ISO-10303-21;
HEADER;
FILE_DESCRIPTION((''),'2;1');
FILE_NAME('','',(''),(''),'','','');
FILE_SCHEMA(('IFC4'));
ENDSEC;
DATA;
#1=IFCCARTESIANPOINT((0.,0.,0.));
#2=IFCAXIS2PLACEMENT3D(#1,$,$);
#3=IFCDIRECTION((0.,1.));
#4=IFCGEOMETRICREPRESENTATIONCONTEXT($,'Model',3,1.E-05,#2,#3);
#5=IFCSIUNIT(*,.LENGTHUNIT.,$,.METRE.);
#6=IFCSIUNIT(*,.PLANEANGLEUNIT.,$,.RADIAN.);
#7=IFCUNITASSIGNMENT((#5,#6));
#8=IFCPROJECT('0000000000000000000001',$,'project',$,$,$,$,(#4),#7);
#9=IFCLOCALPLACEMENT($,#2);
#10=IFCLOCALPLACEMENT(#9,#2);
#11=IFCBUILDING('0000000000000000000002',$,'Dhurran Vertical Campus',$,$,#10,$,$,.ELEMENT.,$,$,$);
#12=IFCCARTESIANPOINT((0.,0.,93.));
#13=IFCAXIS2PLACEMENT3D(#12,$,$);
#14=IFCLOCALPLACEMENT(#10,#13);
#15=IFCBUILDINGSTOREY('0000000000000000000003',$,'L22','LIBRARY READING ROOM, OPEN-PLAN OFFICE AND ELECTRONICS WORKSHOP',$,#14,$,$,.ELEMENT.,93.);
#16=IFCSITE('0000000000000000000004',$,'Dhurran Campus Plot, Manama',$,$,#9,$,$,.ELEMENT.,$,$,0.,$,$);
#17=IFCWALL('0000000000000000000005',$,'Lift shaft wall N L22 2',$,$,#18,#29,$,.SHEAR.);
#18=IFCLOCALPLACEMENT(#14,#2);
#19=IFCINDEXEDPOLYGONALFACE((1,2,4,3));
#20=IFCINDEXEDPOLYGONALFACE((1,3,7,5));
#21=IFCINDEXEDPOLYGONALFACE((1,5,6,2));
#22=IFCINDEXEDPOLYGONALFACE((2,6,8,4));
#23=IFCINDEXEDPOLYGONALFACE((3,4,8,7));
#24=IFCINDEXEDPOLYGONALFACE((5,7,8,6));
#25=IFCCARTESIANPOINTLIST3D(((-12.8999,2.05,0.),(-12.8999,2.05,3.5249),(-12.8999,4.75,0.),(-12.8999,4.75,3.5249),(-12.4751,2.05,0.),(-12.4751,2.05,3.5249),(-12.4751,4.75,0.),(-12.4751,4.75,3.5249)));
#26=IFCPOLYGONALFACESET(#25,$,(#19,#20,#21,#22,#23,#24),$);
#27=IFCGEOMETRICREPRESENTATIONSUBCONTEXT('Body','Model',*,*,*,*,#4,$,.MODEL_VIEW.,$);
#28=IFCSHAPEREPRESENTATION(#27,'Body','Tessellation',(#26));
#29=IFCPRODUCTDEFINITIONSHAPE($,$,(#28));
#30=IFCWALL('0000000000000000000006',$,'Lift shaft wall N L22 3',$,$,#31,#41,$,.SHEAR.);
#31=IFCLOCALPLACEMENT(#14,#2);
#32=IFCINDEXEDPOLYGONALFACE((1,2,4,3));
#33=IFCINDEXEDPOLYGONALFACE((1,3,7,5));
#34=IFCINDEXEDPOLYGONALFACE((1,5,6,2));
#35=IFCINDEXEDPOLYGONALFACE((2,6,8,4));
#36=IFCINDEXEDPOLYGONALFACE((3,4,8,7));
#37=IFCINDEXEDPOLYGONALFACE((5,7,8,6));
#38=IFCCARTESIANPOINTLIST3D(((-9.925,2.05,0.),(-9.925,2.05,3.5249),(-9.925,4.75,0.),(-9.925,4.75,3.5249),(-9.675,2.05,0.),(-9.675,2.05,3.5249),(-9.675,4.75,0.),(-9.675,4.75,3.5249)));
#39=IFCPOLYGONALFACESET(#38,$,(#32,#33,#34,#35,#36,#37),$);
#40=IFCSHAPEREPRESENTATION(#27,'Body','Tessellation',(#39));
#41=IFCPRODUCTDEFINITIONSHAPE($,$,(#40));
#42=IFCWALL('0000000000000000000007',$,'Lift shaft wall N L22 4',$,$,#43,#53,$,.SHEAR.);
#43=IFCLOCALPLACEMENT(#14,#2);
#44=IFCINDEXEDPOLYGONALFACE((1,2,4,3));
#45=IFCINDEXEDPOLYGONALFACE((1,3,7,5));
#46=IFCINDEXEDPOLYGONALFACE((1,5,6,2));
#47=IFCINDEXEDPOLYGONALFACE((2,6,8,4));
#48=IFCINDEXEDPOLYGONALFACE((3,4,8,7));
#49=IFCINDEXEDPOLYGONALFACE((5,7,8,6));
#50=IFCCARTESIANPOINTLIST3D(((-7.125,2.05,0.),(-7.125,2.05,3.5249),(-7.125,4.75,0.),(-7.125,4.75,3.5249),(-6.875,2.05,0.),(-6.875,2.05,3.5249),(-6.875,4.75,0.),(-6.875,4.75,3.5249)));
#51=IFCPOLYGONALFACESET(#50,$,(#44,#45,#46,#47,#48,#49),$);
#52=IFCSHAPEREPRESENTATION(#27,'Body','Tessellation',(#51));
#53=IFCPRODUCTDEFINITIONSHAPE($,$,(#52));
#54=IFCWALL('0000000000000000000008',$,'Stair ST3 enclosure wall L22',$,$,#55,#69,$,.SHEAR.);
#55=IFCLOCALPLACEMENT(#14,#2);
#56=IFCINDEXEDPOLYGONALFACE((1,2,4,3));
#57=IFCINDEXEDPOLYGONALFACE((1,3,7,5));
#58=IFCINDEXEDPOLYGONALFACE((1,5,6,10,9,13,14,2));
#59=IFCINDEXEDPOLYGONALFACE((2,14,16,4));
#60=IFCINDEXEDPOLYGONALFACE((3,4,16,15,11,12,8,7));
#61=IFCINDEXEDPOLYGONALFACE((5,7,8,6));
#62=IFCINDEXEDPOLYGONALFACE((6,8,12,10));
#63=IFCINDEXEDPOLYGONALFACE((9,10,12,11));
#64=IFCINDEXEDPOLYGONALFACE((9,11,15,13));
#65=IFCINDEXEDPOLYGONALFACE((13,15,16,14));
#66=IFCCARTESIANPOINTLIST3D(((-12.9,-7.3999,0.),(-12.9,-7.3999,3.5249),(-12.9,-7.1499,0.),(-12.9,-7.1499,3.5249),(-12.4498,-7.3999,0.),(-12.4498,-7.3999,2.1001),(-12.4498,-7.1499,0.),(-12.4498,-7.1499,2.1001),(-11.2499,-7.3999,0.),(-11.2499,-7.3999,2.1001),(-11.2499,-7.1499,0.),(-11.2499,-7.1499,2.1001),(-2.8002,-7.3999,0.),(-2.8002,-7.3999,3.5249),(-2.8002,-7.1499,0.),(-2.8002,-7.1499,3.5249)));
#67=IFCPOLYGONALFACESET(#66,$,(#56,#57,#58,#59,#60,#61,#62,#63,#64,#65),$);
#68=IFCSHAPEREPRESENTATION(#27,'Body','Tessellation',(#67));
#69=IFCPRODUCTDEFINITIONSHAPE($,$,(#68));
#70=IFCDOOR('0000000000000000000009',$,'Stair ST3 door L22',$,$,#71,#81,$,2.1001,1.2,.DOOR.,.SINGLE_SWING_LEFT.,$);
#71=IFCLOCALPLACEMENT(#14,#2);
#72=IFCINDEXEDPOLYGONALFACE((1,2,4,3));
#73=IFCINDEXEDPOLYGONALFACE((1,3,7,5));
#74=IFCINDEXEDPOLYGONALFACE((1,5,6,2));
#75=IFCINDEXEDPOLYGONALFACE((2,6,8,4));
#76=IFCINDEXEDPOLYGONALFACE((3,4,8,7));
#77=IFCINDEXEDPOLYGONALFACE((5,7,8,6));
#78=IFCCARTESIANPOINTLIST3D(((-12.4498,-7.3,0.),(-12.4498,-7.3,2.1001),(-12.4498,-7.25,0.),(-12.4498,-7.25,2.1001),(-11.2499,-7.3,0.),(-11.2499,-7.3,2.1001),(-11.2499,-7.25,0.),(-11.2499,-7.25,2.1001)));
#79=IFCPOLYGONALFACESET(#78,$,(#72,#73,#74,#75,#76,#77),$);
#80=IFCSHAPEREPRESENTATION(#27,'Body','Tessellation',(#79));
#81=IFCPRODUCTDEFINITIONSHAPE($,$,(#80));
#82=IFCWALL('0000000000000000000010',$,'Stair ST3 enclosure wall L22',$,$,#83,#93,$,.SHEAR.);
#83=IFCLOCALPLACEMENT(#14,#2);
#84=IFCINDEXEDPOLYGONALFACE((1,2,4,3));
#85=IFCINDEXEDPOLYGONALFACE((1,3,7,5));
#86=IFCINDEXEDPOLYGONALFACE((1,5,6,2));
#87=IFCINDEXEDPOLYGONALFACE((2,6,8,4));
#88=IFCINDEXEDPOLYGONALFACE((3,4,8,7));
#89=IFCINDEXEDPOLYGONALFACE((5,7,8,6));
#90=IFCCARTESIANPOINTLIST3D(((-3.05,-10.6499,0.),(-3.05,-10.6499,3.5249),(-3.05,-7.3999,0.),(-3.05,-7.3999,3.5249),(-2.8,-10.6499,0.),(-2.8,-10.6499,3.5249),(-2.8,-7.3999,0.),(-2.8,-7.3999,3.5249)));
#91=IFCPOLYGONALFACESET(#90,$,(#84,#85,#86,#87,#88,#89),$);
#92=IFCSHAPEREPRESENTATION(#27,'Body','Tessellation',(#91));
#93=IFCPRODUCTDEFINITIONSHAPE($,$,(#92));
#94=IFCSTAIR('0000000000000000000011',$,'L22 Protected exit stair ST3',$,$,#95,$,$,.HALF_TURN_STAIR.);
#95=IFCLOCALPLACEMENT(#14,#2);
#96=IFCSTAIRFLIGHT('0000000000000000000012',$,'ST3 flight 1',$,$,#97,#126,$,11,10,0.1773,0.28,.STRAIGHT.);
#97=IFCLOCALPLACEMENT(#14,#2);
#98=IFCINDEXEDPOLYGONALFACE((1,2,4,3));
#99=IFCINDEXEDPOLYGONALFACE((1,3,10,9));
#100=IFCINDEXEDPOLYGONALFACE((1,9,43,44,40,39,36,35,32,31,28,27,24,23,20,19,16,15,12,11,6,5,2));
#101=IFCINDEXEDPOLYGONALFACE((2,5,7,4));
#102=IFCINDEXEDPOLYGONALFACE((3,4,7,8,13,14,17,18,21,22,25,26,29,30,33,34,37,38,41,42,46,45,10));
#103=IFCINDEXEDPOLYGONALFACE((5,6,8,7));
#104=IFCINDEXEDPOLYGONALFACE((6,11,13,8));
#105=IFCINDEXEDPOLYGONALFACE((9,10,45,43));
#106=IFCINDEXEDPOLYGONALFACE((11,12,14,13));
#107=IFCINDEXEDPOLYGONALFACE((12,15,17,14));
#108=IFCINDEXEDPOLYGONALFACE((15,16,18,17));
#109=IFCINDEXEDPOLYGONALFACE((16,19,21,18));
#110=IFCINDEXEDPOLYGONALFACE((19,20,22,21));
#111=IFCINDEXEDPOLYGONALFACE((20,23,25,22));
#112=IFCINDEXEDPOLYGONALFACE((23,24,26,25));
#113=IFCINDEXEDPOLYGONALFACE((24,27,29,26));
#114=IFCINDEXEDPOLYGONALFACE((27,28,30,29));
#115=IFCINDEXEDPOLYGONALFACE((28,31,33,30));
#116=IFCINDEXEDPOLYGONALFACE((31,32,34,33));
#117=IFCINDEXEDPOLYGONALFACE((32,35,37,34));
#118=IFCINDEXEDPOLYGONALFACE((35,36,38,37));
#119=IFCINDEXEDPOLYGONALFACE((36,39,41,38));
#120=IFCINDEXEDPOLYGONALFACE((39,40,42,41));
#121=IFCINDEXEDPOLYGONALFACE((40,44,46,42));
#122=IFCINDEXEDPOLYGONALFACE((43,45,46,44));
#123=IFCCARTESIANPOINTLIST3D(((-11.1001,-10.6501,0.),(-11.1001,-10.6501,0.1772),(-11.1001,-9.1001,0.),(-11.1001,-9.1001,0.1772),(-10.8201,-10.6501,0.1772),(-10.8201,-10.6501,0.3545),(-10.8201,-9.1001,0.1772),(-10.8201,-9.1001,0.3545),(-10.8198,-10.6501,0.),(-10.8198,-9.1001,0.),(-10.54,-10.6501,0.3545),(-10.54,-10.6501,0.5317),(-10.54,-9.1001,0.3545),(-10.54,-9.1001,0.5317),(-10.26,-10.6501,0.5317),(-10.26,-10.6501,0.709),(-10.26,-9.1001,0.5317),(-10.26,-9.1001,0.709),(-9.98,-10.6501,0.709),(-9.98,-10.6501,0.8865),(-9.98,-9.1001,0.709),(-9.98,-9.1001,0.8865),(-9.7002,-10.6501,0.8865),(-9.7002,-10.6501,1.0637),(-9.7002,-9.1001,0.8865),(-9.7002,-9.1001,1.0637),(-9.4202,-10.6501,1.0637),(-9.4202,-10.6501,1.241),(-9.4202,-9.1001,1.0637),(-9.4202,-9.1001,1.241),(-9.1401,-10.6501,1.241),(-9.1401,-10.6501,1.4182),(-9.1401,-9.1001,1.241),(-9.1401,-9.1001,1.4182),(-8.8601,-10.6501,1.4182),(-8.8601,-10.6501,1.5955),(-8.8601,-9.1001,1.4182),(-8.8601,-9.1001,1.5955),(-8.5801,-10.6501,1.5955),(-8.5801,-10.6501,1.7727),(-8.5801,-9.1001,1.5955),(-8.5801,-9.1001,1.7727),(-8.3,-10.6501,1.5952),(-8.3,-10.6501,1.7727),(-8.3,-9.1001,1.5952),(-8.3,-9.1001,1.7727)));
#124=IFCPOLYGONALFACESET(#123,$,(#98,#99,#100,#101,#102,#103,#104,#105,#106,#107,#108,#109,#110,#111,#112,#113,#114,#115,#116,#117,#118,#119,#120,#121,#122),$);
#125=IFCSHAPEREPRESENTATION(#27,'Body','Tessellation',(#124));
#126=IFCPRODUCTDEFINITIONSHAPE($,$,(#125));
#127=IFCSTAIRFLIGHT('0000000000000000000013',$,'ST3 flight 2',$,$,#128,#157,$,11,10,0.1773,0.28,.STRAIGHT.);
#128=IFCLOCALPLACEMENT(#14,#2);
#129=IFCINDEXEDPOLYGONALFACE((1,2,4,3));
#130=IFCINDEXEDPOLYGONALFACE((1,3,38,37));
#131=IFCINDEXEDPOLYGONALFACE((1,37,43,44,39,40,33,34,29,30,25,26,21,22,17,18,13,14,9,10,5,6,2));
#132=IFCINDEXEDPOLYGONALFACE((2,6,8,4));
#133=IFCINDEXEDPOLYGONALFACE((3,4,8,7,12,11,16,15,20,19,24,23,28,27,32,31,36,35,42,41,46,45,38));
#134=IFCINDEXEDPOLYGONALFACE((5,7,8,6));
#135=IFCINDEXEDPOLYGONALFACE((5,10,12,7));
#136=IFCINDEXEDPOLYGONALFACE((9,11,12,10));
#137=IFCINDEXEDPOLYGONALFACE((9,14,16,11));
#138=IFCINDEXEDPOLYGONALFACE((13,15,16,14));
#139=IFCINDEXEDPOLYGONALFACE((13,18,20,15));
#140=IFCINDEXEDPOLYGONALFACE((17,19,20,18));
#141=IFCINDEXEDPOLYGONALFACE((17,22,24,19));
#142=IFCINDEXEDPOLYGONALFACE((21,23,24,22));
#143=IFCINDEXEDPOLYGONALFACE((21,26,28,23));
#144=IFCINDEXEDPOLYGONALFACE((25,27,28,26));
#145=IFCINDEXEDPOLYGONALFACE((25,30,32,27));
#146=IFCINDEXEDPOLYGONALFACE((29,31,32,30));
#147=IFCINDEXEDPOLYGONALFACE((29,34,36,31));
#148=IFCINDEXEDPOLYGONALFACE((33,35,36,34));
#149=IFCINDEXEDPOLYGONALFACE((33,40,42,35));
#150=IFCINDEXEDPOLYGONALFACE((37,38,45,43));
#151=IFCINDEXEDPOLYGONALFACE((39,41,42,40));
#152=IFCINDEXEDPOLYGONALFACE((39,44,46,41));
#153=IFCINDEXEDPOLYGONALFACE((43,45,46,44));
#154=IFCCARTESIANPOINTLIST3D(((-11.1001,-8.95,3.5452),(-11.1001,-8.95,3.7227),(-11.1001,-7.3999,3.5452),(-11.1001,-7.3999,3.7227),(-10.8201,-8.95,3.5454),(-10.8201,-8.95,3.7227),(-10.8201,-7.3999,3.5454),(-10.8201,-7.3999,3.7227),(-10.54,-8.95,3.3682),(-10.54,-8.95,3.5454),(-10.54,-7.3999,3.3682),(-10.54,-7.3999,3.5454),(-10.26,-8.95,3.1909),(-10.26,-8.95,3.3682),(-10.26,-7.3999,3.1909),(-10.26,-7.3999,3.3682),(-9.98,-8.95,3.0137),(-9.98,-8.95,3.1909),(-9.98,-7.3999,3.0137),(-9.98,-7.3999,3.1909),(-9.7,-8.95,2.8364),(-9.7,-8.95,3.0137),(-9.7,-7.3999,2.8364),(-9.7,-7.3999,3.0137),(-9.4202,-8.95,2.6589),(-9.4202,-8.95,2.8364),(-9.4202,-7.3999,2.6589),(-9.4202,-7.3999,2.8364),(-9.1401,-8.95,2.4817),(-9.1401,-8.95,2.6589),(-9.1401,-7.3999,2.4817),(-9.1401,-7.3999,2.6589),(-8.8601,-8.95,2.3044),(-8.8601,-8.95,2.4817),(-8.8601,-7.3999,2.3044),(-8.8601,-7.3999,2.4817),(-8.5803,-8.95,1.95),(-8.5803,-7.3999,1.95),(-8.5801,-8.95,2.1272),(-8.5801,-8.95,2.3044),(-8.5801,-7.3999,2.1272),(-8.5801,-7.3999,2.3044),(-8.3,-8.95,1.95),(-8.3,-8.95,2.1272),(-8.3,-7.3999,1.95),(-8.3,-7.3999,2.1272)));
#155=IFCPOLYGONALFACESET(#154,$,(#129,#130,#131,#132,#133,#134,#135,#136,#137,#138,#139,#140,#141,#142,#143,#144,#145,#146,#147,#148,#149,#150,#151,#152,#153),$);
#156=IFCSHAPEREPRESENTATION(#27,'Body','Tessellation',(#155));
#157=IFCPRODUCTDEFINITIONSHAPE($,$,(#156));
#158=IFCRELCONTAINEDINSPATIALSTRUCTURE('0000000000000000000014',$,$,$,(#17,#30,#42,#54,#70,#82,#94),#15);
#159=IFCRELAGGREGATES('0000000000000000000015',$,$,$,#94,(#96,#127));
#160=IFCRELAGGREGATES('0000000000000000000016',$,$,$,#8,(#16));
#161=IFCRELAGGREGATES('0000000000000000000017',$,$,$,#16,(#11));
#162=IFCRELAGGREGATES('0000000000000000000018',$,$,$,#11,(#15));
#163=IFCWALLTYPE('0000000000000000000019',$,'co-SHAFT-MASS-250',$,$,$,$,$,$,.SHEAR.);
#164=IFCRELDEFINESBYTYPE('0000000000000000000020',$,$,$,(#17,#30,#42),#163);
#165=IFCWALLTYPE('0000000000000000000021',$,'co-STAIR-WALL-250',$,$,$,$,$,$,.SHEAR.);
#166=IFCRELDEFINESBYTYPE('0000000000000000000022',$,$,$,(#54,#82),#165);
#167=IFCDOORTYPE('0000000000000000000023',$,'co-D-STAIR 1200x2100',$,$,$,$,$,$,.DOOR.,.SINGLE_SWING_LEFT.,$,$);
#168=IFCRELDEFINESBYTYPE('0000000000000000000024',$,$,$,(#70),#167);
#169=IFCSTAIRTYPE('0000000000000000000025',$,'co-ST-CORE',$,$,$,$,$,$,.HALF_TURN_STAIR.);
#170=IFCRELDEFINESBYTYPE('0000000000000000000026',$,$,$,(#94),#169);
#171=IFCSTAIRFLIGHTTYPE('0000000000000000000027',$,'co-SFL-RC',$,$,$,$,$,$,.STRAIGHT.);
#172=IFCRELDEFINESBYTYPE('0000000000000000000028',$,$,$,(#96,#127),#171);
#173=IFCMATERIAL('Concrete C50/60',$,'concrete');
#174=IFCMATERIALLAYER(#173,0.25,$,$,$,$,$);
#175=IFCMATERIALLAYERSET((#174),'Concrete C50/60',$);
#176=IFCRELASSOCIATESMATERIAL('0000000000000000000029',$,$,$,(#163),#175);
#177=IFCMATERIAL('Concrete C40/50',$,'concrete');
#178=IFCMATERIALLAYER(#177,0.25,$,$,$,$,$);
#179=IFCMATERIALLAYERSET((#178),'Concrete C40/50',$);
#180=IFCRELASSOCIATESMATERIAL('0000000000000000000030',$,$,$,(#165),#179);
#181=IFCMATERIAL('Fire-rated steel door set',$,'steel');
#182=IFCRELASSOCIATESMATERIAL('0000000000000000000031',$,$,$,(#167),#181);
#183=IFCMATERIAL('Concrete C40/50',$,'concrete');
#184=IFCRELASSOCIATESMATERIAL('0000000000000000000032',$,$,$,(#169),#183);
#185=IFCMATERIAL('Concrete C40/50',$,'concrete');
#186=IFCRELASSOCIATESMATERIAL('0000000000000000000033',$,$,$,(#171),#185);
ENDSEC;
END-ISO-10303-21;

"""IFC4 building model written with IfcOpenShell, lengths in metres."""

from ifc_helpers import new_model, si_unit, direction, frame, frame_2d, origin, place, context, subcontext, project, spatial, polyline, rectangle, outline, extrude, material, layer, layer_set, type_object, element, fill, aggregate, save


model = new_model("IFC4")

# Units and contexts
model_context = context("Model", 3, precision=1e-05, world=origin(), true_north=direction((0.0, 1.0)))
body_context = subcontext(model_context, "Body", "Model", "MODEL_VIEW")
ifc_project = project(units=[si_unit("LENGTHUNIT", "METRE"), si_unit("PLANEANGLEUNIT", "RADIAN")], contexts=[model_context])

# Site, building, storey
site_placement = place(None, origin())
site = spatial("IfcSite", under=ifc_project, at=site_placement, Name="Dhurran Campus Plot, Manama", CompositionType="ELEMENT", RefElevation=0.0)
building_placement = place(site_placement, origin())
building = spatial("IfcBuilding", under=site, at=building_placement, Name="Dhurran Vertical Campus", CompositionType="ELEMENT")
storey_placement = place(building_placement, frame((0.0, 0.0, 93.0)))
storey = spatial("IfcBuildingStorey", under=building, at=storey_placement, Name="L22", Description="LIBRARY READING ROOM, OPEN-PLAN OFFICE AND ELECTRONICS WORKSHOP", CompositionType="ELEMENT", Elevation=93.0)

# Walls
ifc_material_1 = material(Name="Concrete C50/60", Category="concrete")
ifc_layer_1 = layer(ifc_material_1, 0.25)
ifc_layer_set_1 = layer_set([ifc_layer_1], Name="Concrete C50/60")
wall_type_1 = type_object("IfcWallType", Name="co-SHAFT-MASS-250", PredefinedType="SHEAR", material=ifc_layer_set_1)
wall_1_placement = place(storey_placement, origin())
element("IfcWall", 1, at=wall_1_placement, inside=storey, type_object=wall_type_1, Name="Lift shaft wall N L22 2", PredefinedType="SHEAR", context=body_context, shape_type="SweptSolid", body=[
    extrude(outline(polyline([(-12.8999, 2.05), (-12.4751, 2.05), (-12.4751, 4.75), (-12.8999, 4.75), (-12.8999, 2.05)])), origin(), (0.0, 0.0, 1.0), 3.5249),
])
wall_2_placement = place(storey_placement, origin())
element("IfcWall", 2, at=wall_2_placement, inside=storey, type_object=wall_type_1, Name="Lift shaft wall N L22 3", PredefinedType="SHEAR", context=body_context, shape_type="SweptSolid", body=[
    extrude(outline(polyline([(-9.925, 2.05), (-9.675, 2.05), (-9.675, 4.75), (-9.925, 4.75), (-9.925, 2.05)])), origin(), (0.0, 0.0, 1.0), 3.5249),
])
wall_3_placement = place(storey_placement, origin())
element("IfcWall", 3, at=wall_3_placement, inside=storey, type_object=wall_type_1, Name="Lift shaft wall N L22 4", PredefinedType="SHEAR", context=body_context, shape_type="SweptSolid", body=[
    extrude(outline(polyline([(-7.125, 2.05), (-6.875, 2.05), (-6.875, 4.75), (-7.125, 4.75), (-7.125, 2.05)])), origin(), (0.0, 0.0, 1.0), 3.5249),
])

# Wall, opening, door
ifc_material_2 = material(Name="Concrete C40/50", Category="concrete")
ifc_layer_2 = layer(ifc_material_2, 0.25)
ifc_layer_set_2 = layer_set([ifc_layer_2], Name="Concrete C40/50")
wall_type_2 = type_object("IfcWallType", Name="co-STAIR-WALL-250", PredefinedType="SHEAR", material=ifc_layer_set_2)
wall_4_placement = place(storey_placement, frame((-12.8999, -7.2749, 0.0), z_axis=(0.0, 0.0, 1.0), x_axis=(1.0, 0.0, 0.0)))
wall_4 = element("IfcWall", 4, at=wall_4_placement, inside=storey, type_object=wall_type_2, Name="Stair ST3 enclosure wall L22", PredefinedType="SHEAR", context=body_context, shape_type="SweptSolid", body=[
    extrude(rectangle(XDim=10.0999, YDim=0.25, at=frame_2d((5.0498, 0.0))), origin(), (0.0, 0.0, 1.0), 3.5249),
])
opening_1_placement = place(wall_4_placement, frame((0.45, 0.0, 0.0)))
opening_1 = element("IfcOpeningElement", 5, at=opening_1_placement, cuts=wall_4, PredefinedType="OPENING", context=body_context, shape_type="SweptSolid", body=[
    extrude(rectangle(XDim=1.2, YDim=2.1001, at=frame_2d((0.6001, 1.05))), frame((0.0, 0.135, 0.0), z_axis=(0.0, -1.0, 0.0), x_axis=(1.0, 0.0, 0.0)), (0.0, 0.0, 1.0), 0.27),
])
ifc_material_3 = material(Name="Fire-rated steel door set", Category="steel")
door_type_1 = type_object("IfcDoorType", Name="co-D-STAIR 1200x2100", OperationType="SINGLE_SWING_LEFT", PredefinedType="DOOR", material=ifc_material_3)
door_1_placement = place(opening_1_placement, origin())
door_1 = element("IfcDoor", 6, at=door_1_placement, inside=storey, type_object=door_type_1, Name="Stair ST3 door L22", OperationType="SINGLE_SWING_LEFT", OverallHeight=2.1001, OverallWidth=1.2, PredefinedType="DOOR", context=body_context, shape_type="SweptSolid", body=[
    extrude(rectangle(XDim=1.2, YDim=2.1001, at=frame_2d((0.6001, 1.05))), frame((0.0, 0.0249, 0.0), z_axis=(0.0, -1.0, 0.0), x_axis=(1.0, 0.0, 0.0)), (0.0, 0.0, 1.0), 0.05),
])
fill(opening_1, door_1)

# Wall
wall_5_placement = place(storey_placement, frame((-2.925, -10.6499, 0.0), z_axis=(0.0, 0.0, 1.0), x_axis=(0.0, 1.0, 0.0)))
element("IfcWall", 7, at=wall_5_placement, inside=storey, type_object=wall_type_2, Name="Stair ST3 enclosure wall L22", PredefinedType="SHEAR", context=body_context, shape_type="SweptSolid", body=[
    extrude(rectangle(XDim=3.25, YDim=0.25, at=frame_2d((1.625, 0.0))), origin(), (0.0, 0.0, 1.0), 3.5249),
])

# Stair, stair flights
ifc_material_4 = material(Name="Concrete C40/50", Category="concrete")
stair_type = type_object("IfcStairType", Name="co-ST-CORE", PredefinedType="HALF_TURN_STAIR", material=ifc_material_4)
stair_placement = place(storey_placement, origin())
stair = element("IfcStair", 8, at=stair_placement, inside=storey, type_object=stair_type, Name="L22 Protected exit stair ST3", PredefinedType="HALF_TURN_STAIR")
ifc_material_5 = material(Name="Concrete C40/50", Category="concrete")
stair_flight_type = type_object("IfcStairFlightType", Name="co-SFL-RC", PredefinedType="STRAIGHT", material=ifc_material_5)
stair_flight_1_placement = place(storey_placement, frame((-11.1001, -9.875, 0.0), z_axis=(0.0, 0.0, 1.0), x_axis=(1.0, 0.0, 0.0)))
stair_flight_1 = element("IfcStairFlight", 9, at=stair_flight_1_placement, type_object=stair_flight_type, Name="ST3 flight 1", NumberOfRisers=11, NumberOfTreads=10, PredefinedType="STRAIGHT", RiserHeight=0.1773, TreadLength=0.28, context=body_context, shape_type="SweptSolid", body=[
    extrude(outline(polyline([(0.0, 0.0), (0.0, 0.1772), (0.28, 0.1772), (0.28, 0.3545), (0.5601, 0.3545), (0.5601, 0.5317), (0.8401, 0.5317), (0.8401, 0.709), (1.1201, 0.709), (1.1201, 0.8865), (1.3999, 0.8865), (1.3999, 1.0637), (1.6799, 1.0637), (1.6799, 1.241), (1.96, 1.241), (1.96, 1.4182), (2.24, 1.4182), (2.24, 1.5955), (2.52, 1.5955), (2.52, 1.7727), (2.8, 1.7727), (2.8, 1.95), (2.8, 1.5952), (0.2803, 0.0), (0.0, 0.0)])), frame((0.0, 0.7749, 0.0), z_axis=(0.0, -1.0, 0.0), x_axis=(1.0, 0.0, 0.0)), (0.0, 0.0, 1.0), 1.55),
])
stair_flight_2_placement = place(storey_placement, frame((-8.3, -8.175, 1.95), z_axis=(0.0, 0.0, 1.0), x_axis=(-1.0, 0.0, 0.0)))
stair_flight_2 = element("IfcStairFlight", 10, at=stair_flight_2_placement, type_object=stair_flight_type, Name="ST3 flight 2", NumberOfRisers=11, NumberOfTreads=10, PredefinedType="STRAIGHT", RiserHeight=0.1773, TreadLength=0.28, context=body_context, shape_type="SweptSolid", body=[
    extrude(outline(polyline([(0.0, 0.0), (0.0, 0.1772), (0.28, 0.1772), (0.28, 0.3545), (0.5601, 0.3545), (0.5601, 0.5317), (0.8401, 0.5317), (0.8401, 0.709), (1.1201, 0.709), (1.1201, 0.8865), (1.3999, 0.8865), (1.3999, 1.0637), (1.6799, 1.0637), (1.6799, 1.241), (1.96, 1.241), (1.96, 1.4182), (2.24, 1.4182), (2.24, 1.5955), (2.52, 1.5955), (2.52, 1.7727), (2.8, 1.7727), (2.8, 1.95), (2.8, 1.5952), (0.2803, 0.0), (0.0, 0.0)])), frame((0.0, 0.7749, 0.0), z_axis=(0.0, -1.0, 0.0), x_axis=(1.0, 0.0, 0.0)), (0.0, 0.0, 1.0), 1.55),
])
aggregate(stair, [stair_flight_1, stair_flight_2])

save(model, "model.ifc")
